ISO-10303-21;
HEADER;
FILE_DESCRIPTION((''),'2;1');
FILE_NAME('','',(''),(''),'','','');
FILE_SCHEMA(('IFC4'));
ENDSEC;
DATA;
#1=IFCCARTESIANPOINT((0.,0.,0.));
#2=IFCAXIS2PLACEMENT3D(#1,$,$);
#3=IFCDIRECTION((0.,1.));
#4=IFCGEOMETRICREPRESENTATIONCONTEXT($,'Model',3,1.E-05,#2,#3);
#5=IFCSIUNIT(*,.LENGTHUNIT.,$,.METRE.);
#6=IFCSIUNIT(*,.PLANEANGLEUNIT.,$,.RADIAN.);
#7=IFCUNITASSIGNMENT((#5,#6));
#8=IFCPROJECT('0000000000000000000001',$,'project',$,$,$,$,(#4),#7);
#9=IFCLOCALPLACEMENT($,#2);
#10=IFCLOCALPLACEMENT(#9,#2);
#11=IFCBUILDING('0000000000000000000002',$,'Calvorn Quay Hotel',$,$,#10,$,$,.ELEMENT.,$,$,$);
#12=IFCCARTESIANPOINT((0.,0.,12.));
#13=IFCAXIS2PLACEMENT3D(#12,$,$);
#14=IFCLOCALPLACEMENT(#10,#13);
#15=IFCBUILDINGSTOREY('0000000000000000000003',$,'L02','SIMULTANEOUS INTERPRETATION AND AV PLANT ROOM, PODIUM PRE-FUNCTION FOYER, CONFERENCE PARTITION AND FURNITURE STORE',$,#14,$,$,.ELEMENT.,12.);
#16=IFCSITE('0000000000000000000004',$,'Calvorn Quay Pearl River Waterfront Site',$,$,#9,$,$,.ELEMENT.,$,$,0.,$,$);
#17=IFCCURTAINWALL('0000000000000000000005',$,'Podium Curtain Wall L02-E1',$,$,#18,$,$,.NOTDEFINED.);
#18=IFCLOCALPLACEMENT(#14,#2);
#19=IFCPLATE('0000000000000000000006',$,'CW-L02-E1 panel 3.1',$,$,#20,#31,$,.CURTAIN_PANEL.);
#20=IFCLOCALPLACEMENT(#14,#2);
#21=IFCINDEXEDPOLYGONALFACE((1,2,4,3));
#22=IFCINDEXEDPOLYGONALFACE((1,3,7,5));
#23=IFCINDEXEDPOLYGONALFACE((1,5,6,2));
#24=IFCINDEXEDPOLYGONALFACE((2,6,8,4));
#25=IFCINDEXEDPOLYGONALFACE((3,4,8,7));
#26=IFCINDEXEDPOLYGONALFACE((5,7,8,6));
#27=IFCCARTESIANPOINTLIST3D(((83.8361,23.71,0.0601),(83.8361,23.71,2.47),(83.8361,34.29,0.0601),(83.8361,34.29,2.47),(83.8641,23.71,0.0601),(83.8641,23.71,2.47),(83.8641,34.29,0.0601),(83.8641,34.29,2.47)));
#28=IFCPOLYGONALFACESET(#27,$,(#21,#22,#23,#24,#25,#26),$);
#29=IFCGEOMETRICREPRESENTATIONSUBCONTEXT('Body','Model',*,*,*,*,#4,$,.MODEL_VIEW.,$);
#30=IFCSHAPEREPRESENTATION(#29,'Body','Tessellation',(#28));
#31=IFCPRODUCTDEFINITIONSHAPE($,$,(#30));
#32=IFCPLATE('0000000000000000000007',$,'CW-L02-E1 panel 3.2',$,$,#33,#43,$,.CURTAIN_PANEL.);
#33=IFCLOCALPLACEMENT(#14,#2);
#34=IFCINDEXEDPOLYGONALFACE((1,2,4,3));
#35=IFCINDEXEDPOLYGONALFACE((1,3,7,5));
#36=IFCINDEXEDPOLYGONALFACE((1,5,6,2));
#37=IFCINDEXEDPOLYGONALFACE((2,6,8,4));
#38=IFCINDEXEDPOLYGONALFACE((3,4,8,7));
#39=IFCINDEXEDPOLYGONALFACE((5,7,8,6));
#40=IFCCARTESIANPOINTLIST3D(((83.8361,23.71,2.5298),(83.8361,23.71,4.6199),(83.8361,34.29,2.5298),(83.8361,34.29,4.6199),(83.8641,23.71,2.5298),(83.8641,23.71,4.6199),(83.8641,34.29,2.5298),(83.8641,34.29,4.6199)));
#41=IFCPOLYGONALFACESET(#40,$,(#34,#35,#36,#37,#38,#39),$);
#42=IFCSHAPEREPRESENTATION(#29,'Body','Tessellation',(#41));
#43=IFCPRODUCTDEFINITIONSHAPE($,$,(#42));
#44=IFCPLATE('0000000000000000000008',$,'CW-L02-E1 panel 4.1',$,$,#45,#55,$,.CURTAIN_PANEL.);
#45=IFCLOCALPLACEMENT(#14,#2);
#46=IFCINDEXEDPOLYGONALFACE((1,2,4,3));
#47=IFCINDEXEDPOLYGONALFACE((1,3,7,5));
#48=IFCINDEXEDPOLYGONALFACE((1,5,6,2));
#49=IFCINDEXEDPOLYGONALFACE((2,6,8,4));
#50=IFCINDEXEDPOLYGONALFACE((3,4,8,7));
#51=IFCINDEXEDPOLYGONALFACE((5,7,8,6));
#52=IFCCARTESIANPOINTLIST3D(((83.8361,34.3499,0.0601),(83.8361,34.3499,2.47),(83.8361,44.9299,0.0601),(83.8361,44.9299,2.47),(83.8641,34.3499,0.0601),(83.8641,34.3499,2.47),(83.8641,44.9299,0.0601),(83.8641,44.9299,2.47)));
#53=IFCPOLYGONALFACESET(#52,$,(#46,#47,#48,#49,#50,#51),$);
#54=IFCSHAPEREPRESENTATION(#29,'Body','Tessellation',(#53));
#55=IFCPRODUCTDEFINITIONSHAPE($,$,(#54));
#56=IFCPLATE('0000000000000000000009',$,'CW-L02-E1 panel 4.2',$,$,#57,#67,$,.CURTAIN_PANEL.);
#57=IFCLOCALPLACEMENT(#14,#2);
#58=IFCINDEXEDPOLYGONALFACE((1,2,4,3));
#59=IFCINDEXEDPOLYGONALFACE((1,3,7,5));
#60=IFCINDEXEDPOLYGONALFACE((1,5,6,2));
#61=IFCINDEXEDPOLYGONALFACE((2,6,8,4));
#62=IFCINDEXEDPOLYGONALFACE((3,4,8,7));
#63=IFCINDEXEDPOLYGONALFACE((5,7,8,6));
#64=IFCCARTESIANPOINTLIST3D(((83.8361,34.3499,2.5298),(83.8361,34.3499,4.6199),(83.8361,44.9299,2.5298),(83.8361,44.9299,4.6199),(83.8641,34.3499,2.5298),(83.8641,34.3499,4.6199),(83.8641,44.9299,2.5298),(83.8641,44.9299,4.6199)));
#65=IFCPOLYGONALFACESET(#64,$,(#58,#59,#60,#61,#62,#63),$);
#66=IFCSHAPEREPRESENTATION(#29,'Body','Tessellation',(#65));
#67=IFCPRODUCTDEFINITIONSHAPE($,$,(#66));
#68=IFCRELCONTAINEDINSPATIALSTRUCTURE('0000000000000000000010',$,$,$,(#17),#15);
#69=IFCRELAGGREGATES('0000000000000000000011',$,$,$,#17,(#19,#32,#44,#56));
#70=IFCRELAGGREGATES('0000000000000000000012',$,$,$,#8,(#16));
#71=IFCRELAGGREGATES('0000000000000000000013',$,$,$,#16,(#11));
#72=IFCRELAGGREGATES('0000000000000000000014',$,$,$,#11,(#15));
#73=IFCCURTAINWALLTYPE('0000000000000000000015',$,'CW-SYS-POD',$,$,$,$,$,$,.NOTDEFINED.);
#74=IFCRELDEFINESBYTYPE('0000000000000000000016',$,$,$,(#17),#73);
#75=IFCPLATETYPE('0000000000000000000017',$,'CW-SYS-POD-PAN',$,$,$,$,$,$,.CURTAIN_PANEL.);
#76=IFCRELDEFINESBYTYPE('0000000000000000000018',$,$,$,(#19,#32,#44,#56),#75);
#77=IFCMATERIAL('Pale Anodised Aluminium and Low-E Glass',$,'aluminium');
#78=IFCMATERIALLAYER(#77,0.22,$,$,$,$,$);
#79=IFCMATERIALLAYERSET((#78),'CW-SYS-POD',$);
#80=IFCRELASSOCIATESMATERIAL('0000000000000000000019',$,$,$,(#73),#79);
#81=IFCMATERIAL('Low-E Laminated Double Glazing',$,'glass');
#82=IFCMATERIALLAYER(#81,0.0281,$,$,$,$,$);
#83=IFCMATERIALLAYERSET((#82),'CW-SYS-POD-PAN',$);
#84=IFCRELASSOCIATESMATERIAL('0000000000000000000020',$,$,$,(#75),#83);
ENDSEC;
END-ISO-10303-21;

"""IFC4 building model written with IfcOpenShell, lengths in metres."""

from ifc_helpers import new_model, si_unit, direction, frame, origin, origin_2d, place, context, subcontext, project, spatial, rectangle, extrude, material, layer, layer_set, type_object, element, aggregate, save


model = new_model("IFC4")

# Units and contexts
model_context = context("Model", 3, precision=1e-05, world=origin(), true_north=direction((0.0, 1.0)))
body_context = subcontext(model_context, "Body", "Model", "MODEL_VIEW")
ifc_project = project(units=[si_unit("LENGTHUNIT", "METRE"), si_unit("PLANEANGLEUNIT", "RADIAN")], contexts=[model_context])

# Site, building, storey
site_placement = place(None, origin())
site = spatial("IfcSite", under=ifc_project, at=site_placement, Name="Calvorn Quay Pearl River Waterfront Site", CompositionType="ELEMENT", RefElevation=0.0)
building_placement = place(site_placement, origin())
building = spatial("IfcBuilding", under=site, at=building_placement, Name="Calvorn Quay Hotel", CompositionType="ELEMENT")
storey_placement = place(building_placement, frame((0.0, 0.0, 12.0)))
storey = spatial("IfcBuildingStorey", under=building, at=storey_placement, Name="L02", Description="SIMULTANEOUS INTERPRETATION AND AV PLANT ROOM, PODIUM PRE-FUNCTION FOYER, CONFERENCE PARTITION AND FURNITURE STORE", CompositionType="ELEMENT", Elevation=12.0)

# Curtain wall, plates
ifc_material_1 = material(Name="Pale Anodised Aluminium and Low-E Glass", Category="aluminium")
ifc_layer_1 = layer(ifc_material_1, 0.22)
ifc_layer_set_1 = layer_set([ifc_layer_1], Name="CW-SYS-POD")
curtain_wall_type = type_object("IfcCurtainWallType", Name="CW-SYS-POD", PredefinedType="NOTDEFINED", material=ifc_layer_set_1)
curtain_wall_placement = place(storey_placement, origin())
curtain_wall = element("IfcCurtainWall", 1, at=curtain_wall_placement, inside=storey, type_object=curtain_wall_type, Name="Podium Curtain Wall L02-E1", PredefinedType="NOTDEFINED")
ifc_material_2 = material(Name="Low-E Laminated Double Glazing", Category="glass")
ifc_layer_2 = layer(ifc_material_2, 0.0281)
ifc_layer_set_2 = layer_set([ifc_layer_2], Name="CW-SYS-POD-PAN")
plate_type = type_object("IfcPlateType", Name="CW-SYS-POD-PAN", PredefinedType="CURTAIN_PANEL", material=ifc_layer_set_2)
plate_1_placement = place(storey_placement, frame((83.8501, 29.0, 0.0601), z_axis=(0.0, 0.0, 1.0), x_axis=(0.0, 1.0, 0.0)))
plate_1 = element("IfcPlate", 2, at=plate_1_placement, type_object=plate_type, Name="CW-L02-E1 panel 3.1", PredefinedType="CURTAIN_PANEL", context=body_context, shape_type="SweptSolid", body=[
    extrude(rectangle(XDim=10.5801, YDim=0.0281, at=origin_2d()), origin(), (0.0, 0.0, 1.0), 2.4099),
])
plate_2_placement = place(storey_placement, frame((83.8501, 29.0, 2.5298), z_axis=(0.0, 0.0, 1.0), x_axis=(0.0, 1.0, 0.0)))
plate_2 = element("IfcPlate", 3, at=plate_2_placement, type_object=plate_type, Name="CW-L02-E1 panel 3.2", PredefinedType="CURTAIN_PANEL", context=body_context, shape_type="SweptSolid", body=[
    extrude(rectangle(XDim=10.5801, YDim=0.0281, at=origin_2d()), origin(), (0.0, 0.0, 1.0), 2.0901),
])
plate_3_placement = place(storey_placement, frame((83.8501, 39.6399, 0.0601), z_axis=(0.0, 0.0, 1.0), x_axis=(0.0, 1.0, 0.0)))
plate_3 = element("IfcPlate", 4, at=plate_3_placement, type_object=plate_type, Name="CW-L02-E1 panel 4.1", PredefinedType="CURTAIN_PANEL", context=body_context, shape_type="SweptSolid", body=[
    extrude(rectangle(XDim=10.5801, YDim=0.0281, at=origin_2d()), origin(), (0.0, 0.0, 1.0), 2.4099),
])
plate_4_placement = place(storey_placement, frame((83.8501, 39.6399, 2.5298), z_axis=(0.0, 0.0, 1.0), x_axis=(0.0, 1.0, 0.0)))
plate_4 = element("IfcPlate", 5, at=plate_4_placement, type_object=plate_type, Name="CW-L02-E1 panel 4.2", PredefinedType="CURTAIN_PANEL", context=body_context, shape_type="SweptSolid", body=[
    extrude(rectangle(XDim=10.5801, YDim=0.0281, at=origin_2d()), origin(), (0.0, 0.0, 1.0), 2.0901),
])
aggregate(curtain_wall, [plate_1, plate_2, plate_3, plate_4])

save(model, "model.ifc")
